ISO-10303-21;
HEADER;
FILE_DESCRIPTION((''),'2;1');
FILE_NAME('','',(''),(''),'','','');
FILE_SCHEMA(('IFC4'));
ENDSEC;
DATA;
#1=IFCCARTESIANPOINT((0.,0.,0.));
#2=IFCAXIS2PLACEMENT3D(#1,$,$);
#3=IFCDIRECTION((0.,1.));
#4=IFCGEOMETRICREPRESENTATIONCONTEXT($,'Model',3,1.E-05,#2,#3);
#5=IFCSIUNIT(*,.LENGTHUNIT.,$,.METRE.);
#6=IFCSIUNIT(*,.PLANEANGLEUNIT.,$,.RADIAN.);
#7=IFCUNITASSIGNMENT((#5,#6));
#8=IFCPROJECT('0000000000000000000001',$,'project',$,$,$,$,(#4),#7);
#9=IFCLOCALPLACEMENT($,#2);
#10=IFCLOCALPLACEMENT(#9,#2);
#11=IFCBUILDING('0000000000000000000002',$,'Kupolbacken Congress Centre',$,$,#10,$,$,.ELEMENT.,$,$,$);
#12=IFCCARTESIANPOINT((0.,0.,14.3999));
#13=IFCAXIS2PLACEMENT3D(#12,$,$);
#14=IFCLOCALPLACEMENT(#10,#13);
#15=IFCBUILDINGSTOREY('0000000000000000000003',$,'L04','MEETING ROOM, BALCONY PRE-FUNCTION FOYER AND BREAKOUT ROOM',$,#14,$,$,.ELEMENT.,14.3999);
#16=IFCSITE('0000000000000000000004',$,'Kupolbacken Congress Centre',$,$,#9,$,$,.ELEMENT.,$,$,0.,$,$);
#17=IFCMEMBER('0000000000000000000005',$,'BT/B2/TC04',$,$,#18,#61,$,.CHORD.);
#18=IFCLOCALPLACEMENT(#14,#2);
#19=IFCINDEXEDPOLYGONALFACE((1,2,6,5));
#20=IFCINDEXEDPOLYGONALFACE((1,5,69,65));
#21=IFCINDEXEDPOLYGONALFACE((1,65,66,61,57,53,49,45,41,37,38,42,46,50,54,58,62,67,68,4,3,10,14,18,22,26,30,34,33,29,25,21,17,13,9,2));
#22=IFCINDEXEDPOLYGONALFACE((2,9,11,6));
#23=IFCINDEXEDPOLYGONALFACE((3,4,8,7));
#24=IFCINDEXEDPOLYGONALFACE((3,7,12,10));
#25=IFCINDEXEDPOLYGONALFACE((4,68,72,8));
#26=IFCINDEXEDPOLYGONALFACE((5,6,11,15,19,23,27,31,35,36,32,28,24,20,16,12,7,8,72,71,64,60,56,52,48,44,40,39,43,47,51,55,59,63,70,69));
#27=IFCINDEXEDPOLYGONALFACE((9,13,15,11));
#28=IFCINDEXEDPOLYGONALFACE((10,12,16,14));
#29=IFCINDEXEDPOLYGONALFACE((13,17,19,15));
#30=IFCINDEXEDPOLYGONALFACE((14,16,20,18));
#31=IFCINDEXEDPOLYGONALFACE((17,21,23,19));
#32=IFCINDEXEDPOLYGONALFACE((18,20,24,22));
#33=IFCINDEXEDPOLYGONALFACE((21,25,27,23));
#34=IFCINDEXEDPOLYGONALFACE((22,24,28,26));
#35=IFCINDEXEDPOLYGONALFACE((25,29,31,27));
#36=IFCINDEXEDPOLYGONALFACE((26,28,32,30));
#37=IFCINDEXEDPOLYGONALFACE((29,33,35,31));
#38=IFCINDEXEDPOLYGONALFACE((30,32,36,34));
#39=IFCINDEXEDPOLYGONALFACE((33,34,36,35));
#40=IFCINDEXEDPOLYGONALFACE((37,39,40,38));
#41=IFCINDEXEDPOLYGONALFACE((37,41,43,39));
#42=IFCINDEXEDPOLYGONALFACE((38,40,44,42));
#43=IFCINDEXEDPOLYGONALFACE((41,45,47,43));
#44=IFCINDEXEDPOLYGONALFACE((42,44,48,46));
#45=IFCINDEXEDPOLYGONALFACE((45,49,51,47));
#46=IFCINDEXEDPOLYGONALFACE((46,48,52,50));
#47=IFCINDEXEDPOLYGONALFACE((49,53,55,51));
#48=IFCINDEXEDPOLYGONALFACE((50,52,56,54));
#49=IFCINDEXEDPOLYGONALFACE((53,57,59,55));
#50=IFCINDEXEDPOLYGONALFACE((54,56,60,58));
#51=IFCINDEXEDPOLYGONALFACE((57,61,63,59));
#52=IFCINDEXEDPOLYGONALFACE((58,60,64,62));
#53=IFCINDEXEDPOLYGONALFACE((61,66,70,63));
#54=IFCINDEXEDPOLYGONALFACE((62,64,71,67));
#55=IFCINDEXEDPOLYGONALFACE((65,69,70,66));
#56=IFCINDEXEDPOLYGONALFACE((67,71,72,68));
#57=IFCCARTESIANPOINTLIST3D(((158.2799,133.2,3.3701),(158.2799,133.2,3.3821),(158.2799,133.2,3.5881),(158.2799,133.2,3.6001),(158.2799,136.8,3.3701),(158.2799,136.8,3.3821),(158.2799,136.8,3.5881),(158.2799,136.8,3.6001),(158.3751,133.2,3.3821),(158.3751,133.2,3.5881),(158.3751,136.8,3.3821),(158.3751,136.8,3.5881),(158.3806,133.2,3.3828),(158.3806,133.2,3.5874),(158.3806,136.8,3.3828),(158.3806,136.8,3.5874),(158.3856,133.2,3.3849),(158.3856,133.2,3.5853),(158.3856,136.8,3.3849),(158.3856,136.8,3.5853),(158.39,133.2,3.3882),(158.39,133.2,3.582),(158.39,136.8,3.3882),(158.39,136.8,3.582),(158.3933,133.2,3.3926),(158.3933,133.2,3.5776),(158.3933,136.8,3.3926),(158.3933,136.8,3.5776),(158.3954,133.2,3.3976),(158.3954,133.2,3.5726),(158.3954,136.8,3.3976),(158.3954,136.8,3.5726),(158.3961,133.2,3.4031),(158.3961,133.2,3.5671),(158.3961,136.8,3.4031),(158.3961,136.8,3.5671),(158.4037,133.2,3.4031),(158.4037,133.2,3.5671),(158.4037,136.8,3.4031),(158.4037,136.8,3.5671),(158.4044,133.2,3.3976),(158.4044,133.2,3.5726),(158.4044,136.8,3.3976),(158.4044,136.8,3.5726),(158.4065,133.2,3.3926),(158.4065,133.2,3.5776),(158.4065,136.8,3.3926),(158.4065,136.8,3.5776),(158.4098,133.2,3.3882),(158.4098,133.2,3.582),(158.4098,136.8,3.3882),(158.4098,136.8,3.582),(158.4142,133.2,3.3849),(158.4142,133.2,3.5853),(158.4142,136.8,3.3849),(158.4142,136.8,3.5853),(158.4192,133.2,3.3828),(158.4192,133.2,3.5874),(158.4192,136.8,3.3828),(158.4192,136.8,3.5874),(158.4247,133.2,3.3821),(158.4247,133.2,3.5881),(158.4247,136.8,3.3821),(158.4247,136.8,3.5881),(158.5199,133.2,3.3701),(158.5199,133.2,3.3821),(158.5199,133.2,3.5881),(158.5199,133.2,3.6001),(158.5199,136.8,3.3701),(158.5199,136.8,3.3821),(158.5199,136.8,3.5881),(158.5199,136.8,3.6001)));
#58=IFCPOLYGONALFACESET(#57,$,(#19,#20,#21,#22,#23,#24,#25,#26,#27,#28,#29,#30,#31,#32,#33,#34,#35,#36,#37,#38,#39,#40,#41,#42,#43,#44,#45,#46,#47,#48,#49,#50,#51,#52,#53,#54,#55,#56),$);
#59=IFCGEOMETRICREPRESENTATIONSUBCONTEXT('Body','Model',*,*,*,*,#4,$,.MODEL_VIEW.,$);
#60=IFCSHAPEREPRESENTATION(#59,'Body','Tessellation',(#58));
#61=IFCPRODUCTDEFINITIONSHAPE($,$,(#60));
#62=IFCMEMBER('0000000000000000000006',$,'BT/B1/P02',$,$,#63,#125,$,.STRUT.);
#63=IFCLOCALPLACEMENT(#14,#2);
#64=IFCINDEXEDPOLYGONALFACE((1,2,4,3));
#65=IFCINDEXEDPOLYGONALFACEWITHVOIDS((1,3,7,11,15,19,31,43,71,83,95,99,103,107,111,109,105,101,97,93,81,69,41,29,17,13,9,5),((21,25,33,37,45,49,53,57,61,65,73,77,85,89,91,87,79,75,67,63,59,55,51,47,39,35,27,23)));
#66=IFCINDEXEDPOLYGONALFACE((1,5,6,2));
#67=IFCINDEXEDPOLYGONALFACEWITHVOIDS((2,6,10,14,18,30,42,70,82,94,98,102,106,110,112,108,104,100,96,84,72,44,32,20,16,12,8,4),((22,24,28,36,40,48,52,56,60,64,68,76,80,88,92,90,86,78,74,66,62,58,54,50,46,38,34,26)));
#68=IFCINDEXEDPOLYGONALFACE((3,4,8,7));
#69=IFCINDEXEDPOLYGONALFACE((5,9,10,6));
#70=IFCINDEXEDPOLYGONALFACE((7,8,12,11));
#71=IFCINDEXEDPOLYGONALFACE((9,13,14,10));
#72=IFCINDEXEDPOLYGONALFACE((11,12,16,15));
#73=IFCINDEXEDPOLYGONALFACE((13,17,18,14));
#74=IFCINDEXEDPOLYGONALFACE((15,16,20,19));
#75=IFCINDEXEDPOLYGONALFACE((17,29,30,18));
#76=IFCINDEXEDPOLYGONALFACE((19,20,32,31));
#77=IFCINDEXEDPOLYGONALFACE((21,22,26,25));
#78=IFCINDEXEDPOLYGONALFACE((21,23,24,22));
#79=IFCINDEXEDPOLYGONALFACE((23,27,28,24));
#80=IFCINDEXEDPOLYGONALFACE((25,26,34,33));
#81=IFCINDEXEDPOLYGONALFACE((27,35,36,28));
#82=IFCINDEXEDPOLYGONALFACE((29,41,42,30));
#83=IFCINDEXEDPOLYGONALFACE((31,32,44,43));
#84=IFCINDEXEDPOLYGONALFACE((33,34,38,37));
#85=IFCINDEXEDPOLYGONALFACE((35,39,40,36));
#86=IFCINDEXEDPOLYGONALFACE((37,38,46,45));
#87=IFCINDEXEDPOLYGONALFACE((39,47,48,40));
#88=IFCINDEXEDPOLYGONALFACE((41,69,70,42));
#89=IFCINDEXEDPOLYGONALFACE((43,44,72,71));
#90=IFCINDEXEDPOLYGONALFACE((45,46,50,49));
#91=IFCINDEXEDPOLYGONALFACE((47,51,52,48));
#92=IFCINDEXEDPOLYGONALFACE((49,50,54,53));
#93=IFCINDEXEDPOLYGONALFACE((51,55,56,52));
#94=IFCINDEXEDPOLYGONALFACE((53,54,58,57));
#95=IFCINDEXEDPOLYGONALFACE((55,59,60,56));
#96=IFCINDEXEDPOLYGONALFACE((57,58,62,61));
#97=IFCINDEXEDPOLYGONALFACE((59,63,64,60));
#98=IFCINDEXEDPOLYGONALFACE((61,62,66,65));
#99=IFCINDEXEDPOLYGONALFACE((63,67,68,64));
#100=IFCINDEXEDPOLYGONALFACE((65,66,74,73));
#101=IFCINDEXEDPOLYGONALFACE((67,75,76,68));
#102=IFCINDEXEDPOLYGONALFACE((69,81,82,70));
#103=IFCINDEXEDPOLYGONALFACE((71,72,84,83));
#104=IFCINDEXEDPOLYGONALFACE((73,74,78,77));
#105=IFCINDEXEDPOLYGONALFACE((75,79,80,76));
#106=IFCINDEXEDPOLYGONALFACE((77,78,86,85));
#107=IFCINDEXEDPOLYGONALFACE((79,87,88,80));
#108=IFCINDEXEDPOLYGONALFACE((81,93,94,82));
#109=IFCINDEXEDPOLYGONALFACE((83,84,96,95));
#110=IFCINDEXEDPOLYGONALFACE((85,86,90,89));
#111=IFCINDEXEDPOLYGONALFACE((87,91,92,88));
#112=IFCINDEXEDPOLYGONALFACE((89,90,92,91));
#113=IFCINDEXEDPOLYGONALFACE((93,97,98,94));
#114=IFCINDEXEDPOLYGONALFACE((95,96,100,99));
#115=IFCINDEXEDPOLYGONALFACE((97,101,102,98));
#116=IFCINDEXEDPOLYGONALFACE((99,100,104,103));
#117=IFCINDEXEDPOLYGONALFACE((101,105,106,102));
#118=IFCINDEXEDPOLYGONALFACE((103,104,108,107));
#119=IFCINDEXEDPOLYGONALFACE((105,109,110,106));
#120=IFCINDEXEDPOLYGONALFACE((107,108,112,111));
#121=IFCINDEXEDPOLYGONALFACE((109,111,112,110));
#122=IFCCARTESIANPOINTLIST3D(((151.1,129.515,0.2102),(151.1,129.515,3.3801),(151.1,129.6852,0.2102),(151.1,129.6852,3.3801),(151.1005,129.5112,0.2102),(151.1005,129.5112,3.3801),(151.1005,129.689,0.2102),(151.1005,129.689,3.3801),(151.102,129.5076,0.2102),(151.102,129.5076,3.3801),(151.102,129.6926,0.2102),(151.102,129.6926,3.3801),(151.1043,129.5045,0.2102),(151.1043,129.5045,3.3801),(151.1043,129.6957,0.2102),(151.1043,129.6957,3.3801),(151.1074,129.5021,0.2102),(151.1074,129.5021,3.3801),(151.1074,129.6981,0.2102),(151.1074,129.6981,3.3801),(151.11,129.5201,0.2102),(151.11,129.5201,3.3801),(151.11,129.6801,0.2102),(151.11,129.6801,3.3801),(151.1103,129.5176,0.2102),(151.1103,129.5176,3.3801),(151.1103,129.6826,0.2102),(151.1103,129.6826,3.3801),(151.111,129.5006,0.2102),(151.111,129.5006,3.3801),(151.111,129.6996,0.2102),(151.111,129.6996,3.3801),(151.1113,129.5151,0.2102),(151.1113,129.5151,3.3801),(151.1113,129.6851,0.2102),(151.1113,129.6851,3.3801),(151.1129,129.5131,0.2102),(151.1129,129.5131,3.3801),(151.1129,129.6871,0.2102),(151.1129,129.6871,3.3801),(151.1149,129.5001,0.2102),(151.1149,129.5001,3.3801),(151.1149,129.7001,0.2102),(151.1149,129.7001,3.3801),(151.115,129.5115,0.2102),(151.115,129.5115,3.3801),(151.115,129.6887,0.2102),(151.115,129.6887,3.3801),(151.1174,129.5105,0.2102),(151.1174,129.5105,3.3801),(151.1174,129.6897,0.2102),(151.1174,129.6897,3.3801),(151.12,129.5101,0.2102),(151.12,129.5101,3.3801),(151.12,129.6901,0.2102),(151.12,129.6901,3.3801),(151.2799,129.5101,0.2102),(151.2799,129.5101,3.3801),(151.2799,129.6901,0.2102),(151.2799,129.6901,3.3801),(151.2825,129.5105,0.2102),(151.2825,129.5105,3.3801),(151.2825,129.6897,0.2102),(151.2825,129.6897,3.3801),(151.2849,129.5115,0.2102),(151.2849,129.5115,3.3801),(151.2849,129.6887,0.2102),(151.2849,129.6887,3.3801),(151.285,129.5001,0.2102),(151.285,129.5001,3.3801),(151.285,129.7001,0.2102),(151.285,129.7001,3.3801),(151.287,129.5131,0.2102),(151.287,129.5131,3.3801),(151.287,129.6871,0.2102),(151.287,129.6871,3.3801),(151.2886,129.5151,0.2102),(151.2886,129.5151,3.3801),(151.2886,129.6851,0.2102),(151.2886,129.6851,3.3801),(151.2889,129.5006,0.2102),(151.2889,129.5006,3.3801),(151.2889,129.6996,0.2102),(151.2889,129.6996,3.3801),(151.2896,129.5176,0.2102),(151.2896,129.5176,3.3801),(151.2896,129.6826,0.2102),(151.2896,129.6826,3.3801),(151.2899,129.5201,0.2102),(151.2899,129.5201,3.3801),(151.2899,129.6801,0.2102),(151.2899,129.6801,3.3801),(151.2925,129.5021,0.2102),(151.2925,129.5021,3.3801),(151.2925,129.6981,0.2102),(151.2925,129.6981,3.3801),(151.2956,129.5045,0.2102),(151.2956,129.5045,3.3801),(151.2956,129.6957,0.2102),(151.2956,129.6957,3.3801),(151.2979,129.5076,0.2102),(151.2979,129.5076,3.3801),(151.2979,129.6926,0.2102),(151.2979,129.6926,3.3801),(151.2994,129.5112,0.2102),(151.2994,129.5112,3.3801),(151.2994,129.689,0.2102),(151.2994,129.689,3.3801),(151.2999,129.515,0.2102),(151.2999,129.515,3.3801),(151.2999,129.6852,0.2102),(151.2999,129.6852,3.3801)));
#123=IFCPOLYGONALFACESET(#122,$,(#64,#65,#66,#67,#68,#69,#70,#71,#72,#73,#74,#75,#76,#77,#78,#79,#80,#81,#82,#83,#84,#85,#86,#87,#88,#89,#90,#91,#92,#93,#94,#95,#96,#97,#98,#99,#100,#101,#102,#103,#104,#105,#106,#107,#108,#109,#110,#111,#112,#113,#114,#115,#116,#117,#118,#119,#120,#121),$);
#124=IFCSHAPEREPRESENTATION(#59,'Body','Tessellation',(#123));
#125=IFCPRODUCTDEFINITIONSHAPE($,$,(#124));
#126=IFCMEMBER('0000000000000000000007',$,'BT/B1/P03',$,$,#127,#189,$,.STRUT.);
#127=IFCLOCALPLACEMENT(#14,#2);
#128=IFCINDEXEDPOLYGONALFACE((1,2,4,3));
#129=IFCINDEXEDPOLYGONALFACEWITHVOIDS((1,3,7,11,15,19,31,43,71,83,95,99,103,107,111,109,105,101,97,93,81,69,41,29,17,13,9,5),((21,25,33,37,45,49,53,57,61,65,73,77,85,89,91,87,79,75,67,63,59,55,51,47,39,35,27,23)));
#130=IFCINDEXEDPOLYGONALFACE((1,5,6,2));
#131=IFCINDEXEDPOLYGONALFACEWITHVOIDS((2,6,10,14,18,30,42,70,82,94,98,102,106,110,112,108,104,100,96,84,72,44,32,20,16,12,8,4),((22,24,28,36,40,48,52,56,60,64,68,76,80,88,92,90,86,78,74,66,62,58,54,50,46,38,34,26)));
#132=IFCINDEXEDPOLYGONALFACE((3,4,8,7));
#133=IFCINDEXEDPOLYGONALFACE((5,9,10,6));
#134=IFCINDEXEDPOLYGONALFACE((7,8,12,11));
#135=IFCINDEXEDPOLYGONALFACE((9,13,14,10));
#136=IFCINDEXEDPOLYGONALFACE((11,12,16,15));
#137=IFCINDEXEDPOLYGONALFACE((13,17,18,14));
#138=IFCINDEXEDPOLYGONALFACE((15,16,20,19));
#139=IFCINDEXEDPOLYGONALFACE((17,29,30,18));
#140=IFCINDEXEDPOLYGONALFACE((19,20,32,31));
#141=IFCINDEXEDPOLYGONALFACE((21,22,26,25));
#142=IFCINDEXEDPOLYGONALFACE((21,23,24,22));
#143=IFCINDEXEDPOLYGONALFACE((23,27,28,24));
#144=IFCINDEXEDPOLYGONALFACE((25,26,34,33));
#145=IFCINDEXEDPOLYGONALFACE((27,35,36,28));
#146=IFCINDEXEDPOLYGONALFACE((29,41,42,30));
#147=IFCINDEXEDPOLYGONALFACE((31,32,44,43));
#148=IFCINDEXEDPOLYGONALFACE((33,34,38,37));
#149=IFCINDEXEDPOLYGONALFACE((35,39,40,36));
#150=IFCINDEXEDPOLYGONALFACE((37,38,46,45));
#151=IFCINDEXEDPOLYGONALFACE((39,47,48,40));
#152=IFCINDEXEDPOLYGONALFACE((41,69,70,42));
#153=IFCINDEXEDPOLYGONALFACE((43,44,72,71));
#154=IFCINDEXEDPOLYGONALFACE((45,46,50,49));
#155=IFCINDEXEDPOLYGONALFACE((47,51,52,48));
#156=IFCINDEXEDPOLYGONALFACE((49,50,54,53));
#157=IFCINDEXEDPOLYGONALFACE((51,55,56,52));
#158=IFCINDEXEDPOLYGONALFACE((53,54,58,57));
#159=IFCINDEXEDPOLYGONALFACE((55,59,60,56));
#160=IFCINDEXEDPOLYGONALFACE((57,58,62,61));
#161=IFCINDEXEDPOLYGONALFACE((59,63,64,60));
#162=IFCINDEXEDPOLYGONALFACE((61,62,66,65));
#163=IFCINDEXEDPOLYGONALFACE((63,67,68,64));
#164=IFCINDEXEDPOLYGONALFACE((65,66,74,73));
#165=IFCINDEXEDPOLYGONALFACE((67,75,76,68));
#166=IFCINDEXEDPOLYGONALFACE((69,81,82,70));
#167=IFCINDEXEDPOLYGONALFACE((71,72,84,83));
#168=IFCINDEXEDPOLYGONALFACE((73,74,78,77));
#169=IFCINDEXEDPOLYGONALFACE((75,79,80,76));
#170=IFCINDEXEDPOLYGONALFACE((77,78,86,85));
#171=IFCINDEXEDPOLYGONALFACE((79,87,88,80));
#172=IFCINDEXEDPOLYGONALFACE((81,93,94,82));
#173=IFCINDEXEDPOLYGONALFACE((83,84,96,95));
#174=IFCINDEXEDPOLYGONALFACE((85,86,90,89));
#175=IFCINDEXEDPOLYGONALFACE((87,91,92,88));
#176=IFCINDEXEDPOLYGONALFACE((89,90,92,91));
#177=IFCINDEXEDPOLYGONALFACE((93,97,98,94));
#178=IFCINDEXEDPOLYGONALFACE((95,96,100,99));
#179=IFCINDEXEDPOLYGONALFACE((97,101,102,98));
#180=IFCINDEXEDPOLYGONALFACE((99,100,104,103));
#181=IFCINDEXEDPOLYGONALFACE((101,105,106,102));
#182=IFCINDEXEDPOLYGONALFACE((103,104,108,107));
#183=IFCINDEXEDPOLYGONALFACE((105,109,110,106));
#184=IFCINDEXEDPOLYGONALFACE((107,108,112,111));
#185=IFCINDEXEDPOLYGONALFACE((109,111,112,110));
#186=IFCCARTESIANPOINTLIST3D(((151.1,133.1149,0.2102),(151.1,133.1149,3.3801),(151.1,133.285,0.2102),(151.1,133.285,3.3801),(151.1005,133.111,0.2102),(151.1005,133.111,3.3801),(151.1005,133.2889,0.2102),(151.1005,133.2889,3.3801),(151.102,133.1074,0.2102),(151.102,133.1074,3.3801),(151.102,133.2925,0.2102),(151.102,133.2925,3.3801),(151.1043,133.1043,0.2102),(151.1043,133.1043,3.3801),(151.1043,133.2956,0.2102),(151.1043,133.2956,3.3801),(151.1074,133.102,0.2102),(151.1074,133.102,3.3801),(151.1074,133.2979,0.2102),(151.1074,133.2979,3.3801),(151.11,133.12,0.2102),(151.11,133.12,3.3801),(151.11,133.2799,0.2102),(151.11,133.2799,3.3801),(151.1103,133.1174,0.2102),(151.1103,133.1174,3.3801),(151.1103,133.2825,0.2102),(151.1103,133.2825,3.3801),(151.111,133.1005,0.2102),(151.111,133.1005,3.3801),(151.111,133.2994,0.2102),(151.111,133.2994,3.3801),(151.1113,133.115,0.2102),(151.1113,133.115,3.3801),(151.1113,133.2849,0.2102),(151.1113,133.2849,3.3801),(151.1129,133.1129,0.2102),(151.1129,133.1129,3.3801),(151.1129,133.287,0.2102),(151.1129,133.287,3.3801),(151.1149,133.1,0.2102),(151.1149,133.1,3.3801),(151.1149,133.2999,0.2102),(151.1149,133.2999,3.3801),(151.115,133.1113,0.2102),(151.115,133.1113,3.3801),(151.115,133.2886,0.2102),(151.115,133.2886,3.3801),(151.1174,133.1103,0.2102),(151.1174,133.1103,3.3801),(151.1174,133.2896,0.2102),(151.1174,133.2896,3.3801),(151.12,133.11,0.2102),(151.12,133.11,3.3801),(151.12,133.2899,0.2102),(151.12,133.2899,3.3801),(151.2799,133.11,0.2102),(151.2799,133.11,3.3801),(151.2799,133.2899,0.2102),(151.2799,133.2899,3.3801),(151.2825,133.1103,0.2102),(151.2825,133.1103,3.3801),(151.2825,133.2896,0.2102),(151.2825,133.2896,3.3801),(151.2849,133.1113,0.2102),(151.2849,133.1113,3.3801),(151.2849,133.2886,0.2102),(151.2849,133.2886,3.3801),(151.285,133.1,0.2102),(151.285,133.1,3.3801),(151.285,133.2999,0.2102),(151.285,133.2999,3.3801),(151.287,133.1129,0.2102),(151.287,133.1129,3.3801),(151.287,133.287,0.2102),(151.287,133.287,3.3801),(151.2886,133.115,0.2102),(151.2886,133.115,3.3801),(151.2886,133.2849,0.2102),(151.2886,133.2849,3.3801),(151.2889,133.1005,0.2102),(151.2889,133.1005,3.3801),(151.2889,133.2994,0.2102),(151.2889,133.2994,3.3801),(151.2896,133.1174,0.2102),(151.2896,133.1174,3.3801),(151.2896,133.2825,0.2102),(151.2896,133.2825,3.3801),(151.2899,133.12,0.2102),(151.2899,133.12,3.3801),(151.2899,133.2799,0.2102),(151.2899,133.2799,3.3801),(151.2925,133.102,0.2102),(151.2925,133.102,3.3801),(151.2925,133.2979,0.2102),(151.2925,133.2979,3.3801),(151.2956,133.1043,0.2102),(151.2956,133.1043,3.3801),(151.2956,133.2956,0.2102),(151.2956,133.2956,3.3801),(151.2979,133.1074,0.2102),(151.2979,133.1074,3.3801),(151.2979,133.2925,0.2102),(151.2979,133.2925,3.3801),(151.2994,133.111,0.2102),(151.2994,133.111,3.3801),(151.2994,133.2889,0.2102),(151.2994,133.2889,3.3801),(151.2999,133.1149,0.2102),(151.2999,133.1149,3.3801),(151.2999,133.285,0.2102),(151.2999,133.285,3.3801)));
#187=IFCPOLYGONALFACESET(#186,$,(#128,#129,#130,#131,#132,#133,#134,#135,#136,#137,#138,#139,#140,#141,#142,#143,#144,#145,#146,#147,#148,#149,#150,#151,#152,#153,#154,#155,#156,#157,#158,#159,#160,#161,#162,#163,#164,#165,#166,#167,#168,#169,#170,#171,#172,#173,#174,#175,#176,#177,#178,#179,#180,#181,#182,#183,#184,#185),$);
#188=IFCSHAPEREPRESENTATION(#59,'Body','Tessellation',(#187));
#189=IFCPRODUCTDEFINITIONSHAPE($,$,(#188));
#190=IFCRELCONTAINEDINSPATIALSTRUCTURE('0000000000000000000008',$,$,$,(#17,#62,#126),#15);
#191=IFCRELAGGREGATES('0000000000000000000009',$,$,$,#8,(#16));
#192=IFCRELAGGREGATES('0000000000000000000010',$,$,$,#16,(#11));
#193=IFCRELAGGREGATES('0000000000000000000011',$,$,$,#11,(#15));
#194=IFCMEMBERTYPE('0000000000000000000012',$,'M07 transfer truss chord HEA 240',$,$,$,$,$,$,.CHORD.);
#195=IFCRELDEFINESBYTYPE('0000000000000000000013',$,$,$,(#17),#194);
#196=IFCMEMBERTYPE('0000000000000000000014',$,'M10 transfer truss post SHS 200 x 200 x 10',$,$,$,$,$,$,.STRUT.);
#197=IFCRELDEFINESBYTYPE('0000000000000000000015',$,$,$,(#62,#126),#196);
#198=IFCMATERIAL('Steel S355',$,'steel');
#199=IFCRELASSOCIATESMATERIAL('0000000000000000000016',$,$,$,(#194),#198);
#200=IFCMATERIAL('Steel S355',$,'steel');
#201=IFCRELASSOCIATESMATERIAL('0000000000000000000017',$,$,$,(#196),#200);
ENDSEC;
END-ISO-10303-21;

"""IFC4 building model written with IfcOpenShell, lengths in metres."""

from ifc_helpers import new_model, si_unit, direction, frame, origin, origin_2d, place, context, subcontext, project, spatial, hollow_rectangle, i_section, extrude, material, material_profile, profile_set, type_object, element, save


model = new_model("IFC4")

# Units and contexts
model_context = context("Model", 3, precision=1e-05, world=origin(), true_north=direction((0.0, 1.0)))
body_context = subcontext(model_context, "Body", "Model", "MODEL_VIEW")
ifc_project = project(units=[si_unit("LENGTHUNIT", "METRE"), si_unit("PLANEANGLEUNIT", "RADIAN")], contexts=[model_context])

# Site, building, storey
site_placement = place(None, origin())
site = spatial("IfcSite", under=ifc_project, at=site_placement, Name="Kupolbacken Congress Centre", CompositionType="ELEMENT", RefElevation=0.0)
building_placement = place(site_placement, origin())
building = spatial("IfcBuilding", under=site, at=building_placement, Name="Kupolbacken Congress Centre", CompositionType="ELEMENT")
storey_placement = place(building_placement, frame((0.0, 0.0, 14.3999)))
storey = spatial("IfcBuildingStorey", under=building, at=storey_placement, Name="L04", Description="MEETING ROOM, BALCONY PRE-FUNCTION FOYER AND BREAKOUT ROOM", CompositionType="ELEMENT", Elevation=14.3999)

# Members
ifc_material_1 = material(Name="Steel S355", Category="steel")
ifc_material_profile_1 = material_profile(ifc_material_1, i_section(OverallWidth=0.24, OverallDepth=0.23, WebThickness=0.0076, FlangeThickness=0.012, FilletRadius=0.021, at=origin_2d()), Name="HEA 240")
ifc_profile_set_1 = profile_set([ifc_material_profile_1], Name="Steel S355")
member_type_1 = type_object("IfcMemberType", Name="M07 transfer truss chord HEA 240", PredefinedType="CHORD", material=ifc_profile_set_1)
for number, where, z_axis, x_axis, name in (
    (1, (158.3999, 133.2, 3.4851), (0.0, 1.0, 0.0), (-1.0, 0.0, 0.0), "BT/B2/TC04"),
):
    element("IfcMember", number, at=place(storey_placement, frame(where, z_axis=z_axis, x_axis=x_axis)), inside=storey, type_object=member_type_1, Name=name, PredefinedType="CHORD", context=body_context, shape_type="SweptSolid", body=[
        extrude(i_section(OverallWidth=0.24, OverallDepth=0.23, WebThickness=0.0076, FlangeThickness=0.012, FilletRadius=0.021, at=origin_2d()), origin(), (0.0, 0.0, 1.0), 3.6001),
    ])
ifc_material_2 = material(Name="Steel S355", Category="steel")
ifc_material_profile_2 = material_profile(ifc_material_2, hollow_rectangle(XDim=0.2, YDim=0.2, WallThickness=0.01, InnerFilletRadius=0.01, OuterFilletRadius=0.0149, at=origin_2d()), Name="SHS 200 x 200 x 10")
ifc_profile_set_2 = profile_set([ifc_material_profile_2], Name="Steel S355")
member_type_2 = type_object("IfcMemberType", Name="M10 transfer truss post SHS 200 x 200 x 10", PredefinedType="STRUT", material=ifc_profile_set_2)
for number, where, z_axis, x_axis, name in (
    (2, (151.2, 129.6001, 0.2102), (0.0, 0.0, 1.0), (0.0, 1.0, 0.0), "BT/B1/P02"),
    (3, (151.2, 133.2, 0.2102), (0.0, 0.0, 1.0), (0.0, 1.0, 0.0), "BT/B1/P03"),
):
    element("IfcMember", number, at=place(storey_placement, frame(where, z_axis=z_axis, x_axis=x_axis)), inside=storey, type_object=member_type_2, Name=name, PredefinedType="STRUT", context=body_context, shape_type="SweptSolid", body=[
        extrude(hollow_rectangle(XDim=0.2, YDim=0.2, WallThickness=0.01, InnerFilletRadius=0.01, OuterFilletRadius=0.0149, at=origin_2d()), origin(), (0.0, 0.0, 1.0), 3.1699),
    ])

save(model, "model.ifc")
